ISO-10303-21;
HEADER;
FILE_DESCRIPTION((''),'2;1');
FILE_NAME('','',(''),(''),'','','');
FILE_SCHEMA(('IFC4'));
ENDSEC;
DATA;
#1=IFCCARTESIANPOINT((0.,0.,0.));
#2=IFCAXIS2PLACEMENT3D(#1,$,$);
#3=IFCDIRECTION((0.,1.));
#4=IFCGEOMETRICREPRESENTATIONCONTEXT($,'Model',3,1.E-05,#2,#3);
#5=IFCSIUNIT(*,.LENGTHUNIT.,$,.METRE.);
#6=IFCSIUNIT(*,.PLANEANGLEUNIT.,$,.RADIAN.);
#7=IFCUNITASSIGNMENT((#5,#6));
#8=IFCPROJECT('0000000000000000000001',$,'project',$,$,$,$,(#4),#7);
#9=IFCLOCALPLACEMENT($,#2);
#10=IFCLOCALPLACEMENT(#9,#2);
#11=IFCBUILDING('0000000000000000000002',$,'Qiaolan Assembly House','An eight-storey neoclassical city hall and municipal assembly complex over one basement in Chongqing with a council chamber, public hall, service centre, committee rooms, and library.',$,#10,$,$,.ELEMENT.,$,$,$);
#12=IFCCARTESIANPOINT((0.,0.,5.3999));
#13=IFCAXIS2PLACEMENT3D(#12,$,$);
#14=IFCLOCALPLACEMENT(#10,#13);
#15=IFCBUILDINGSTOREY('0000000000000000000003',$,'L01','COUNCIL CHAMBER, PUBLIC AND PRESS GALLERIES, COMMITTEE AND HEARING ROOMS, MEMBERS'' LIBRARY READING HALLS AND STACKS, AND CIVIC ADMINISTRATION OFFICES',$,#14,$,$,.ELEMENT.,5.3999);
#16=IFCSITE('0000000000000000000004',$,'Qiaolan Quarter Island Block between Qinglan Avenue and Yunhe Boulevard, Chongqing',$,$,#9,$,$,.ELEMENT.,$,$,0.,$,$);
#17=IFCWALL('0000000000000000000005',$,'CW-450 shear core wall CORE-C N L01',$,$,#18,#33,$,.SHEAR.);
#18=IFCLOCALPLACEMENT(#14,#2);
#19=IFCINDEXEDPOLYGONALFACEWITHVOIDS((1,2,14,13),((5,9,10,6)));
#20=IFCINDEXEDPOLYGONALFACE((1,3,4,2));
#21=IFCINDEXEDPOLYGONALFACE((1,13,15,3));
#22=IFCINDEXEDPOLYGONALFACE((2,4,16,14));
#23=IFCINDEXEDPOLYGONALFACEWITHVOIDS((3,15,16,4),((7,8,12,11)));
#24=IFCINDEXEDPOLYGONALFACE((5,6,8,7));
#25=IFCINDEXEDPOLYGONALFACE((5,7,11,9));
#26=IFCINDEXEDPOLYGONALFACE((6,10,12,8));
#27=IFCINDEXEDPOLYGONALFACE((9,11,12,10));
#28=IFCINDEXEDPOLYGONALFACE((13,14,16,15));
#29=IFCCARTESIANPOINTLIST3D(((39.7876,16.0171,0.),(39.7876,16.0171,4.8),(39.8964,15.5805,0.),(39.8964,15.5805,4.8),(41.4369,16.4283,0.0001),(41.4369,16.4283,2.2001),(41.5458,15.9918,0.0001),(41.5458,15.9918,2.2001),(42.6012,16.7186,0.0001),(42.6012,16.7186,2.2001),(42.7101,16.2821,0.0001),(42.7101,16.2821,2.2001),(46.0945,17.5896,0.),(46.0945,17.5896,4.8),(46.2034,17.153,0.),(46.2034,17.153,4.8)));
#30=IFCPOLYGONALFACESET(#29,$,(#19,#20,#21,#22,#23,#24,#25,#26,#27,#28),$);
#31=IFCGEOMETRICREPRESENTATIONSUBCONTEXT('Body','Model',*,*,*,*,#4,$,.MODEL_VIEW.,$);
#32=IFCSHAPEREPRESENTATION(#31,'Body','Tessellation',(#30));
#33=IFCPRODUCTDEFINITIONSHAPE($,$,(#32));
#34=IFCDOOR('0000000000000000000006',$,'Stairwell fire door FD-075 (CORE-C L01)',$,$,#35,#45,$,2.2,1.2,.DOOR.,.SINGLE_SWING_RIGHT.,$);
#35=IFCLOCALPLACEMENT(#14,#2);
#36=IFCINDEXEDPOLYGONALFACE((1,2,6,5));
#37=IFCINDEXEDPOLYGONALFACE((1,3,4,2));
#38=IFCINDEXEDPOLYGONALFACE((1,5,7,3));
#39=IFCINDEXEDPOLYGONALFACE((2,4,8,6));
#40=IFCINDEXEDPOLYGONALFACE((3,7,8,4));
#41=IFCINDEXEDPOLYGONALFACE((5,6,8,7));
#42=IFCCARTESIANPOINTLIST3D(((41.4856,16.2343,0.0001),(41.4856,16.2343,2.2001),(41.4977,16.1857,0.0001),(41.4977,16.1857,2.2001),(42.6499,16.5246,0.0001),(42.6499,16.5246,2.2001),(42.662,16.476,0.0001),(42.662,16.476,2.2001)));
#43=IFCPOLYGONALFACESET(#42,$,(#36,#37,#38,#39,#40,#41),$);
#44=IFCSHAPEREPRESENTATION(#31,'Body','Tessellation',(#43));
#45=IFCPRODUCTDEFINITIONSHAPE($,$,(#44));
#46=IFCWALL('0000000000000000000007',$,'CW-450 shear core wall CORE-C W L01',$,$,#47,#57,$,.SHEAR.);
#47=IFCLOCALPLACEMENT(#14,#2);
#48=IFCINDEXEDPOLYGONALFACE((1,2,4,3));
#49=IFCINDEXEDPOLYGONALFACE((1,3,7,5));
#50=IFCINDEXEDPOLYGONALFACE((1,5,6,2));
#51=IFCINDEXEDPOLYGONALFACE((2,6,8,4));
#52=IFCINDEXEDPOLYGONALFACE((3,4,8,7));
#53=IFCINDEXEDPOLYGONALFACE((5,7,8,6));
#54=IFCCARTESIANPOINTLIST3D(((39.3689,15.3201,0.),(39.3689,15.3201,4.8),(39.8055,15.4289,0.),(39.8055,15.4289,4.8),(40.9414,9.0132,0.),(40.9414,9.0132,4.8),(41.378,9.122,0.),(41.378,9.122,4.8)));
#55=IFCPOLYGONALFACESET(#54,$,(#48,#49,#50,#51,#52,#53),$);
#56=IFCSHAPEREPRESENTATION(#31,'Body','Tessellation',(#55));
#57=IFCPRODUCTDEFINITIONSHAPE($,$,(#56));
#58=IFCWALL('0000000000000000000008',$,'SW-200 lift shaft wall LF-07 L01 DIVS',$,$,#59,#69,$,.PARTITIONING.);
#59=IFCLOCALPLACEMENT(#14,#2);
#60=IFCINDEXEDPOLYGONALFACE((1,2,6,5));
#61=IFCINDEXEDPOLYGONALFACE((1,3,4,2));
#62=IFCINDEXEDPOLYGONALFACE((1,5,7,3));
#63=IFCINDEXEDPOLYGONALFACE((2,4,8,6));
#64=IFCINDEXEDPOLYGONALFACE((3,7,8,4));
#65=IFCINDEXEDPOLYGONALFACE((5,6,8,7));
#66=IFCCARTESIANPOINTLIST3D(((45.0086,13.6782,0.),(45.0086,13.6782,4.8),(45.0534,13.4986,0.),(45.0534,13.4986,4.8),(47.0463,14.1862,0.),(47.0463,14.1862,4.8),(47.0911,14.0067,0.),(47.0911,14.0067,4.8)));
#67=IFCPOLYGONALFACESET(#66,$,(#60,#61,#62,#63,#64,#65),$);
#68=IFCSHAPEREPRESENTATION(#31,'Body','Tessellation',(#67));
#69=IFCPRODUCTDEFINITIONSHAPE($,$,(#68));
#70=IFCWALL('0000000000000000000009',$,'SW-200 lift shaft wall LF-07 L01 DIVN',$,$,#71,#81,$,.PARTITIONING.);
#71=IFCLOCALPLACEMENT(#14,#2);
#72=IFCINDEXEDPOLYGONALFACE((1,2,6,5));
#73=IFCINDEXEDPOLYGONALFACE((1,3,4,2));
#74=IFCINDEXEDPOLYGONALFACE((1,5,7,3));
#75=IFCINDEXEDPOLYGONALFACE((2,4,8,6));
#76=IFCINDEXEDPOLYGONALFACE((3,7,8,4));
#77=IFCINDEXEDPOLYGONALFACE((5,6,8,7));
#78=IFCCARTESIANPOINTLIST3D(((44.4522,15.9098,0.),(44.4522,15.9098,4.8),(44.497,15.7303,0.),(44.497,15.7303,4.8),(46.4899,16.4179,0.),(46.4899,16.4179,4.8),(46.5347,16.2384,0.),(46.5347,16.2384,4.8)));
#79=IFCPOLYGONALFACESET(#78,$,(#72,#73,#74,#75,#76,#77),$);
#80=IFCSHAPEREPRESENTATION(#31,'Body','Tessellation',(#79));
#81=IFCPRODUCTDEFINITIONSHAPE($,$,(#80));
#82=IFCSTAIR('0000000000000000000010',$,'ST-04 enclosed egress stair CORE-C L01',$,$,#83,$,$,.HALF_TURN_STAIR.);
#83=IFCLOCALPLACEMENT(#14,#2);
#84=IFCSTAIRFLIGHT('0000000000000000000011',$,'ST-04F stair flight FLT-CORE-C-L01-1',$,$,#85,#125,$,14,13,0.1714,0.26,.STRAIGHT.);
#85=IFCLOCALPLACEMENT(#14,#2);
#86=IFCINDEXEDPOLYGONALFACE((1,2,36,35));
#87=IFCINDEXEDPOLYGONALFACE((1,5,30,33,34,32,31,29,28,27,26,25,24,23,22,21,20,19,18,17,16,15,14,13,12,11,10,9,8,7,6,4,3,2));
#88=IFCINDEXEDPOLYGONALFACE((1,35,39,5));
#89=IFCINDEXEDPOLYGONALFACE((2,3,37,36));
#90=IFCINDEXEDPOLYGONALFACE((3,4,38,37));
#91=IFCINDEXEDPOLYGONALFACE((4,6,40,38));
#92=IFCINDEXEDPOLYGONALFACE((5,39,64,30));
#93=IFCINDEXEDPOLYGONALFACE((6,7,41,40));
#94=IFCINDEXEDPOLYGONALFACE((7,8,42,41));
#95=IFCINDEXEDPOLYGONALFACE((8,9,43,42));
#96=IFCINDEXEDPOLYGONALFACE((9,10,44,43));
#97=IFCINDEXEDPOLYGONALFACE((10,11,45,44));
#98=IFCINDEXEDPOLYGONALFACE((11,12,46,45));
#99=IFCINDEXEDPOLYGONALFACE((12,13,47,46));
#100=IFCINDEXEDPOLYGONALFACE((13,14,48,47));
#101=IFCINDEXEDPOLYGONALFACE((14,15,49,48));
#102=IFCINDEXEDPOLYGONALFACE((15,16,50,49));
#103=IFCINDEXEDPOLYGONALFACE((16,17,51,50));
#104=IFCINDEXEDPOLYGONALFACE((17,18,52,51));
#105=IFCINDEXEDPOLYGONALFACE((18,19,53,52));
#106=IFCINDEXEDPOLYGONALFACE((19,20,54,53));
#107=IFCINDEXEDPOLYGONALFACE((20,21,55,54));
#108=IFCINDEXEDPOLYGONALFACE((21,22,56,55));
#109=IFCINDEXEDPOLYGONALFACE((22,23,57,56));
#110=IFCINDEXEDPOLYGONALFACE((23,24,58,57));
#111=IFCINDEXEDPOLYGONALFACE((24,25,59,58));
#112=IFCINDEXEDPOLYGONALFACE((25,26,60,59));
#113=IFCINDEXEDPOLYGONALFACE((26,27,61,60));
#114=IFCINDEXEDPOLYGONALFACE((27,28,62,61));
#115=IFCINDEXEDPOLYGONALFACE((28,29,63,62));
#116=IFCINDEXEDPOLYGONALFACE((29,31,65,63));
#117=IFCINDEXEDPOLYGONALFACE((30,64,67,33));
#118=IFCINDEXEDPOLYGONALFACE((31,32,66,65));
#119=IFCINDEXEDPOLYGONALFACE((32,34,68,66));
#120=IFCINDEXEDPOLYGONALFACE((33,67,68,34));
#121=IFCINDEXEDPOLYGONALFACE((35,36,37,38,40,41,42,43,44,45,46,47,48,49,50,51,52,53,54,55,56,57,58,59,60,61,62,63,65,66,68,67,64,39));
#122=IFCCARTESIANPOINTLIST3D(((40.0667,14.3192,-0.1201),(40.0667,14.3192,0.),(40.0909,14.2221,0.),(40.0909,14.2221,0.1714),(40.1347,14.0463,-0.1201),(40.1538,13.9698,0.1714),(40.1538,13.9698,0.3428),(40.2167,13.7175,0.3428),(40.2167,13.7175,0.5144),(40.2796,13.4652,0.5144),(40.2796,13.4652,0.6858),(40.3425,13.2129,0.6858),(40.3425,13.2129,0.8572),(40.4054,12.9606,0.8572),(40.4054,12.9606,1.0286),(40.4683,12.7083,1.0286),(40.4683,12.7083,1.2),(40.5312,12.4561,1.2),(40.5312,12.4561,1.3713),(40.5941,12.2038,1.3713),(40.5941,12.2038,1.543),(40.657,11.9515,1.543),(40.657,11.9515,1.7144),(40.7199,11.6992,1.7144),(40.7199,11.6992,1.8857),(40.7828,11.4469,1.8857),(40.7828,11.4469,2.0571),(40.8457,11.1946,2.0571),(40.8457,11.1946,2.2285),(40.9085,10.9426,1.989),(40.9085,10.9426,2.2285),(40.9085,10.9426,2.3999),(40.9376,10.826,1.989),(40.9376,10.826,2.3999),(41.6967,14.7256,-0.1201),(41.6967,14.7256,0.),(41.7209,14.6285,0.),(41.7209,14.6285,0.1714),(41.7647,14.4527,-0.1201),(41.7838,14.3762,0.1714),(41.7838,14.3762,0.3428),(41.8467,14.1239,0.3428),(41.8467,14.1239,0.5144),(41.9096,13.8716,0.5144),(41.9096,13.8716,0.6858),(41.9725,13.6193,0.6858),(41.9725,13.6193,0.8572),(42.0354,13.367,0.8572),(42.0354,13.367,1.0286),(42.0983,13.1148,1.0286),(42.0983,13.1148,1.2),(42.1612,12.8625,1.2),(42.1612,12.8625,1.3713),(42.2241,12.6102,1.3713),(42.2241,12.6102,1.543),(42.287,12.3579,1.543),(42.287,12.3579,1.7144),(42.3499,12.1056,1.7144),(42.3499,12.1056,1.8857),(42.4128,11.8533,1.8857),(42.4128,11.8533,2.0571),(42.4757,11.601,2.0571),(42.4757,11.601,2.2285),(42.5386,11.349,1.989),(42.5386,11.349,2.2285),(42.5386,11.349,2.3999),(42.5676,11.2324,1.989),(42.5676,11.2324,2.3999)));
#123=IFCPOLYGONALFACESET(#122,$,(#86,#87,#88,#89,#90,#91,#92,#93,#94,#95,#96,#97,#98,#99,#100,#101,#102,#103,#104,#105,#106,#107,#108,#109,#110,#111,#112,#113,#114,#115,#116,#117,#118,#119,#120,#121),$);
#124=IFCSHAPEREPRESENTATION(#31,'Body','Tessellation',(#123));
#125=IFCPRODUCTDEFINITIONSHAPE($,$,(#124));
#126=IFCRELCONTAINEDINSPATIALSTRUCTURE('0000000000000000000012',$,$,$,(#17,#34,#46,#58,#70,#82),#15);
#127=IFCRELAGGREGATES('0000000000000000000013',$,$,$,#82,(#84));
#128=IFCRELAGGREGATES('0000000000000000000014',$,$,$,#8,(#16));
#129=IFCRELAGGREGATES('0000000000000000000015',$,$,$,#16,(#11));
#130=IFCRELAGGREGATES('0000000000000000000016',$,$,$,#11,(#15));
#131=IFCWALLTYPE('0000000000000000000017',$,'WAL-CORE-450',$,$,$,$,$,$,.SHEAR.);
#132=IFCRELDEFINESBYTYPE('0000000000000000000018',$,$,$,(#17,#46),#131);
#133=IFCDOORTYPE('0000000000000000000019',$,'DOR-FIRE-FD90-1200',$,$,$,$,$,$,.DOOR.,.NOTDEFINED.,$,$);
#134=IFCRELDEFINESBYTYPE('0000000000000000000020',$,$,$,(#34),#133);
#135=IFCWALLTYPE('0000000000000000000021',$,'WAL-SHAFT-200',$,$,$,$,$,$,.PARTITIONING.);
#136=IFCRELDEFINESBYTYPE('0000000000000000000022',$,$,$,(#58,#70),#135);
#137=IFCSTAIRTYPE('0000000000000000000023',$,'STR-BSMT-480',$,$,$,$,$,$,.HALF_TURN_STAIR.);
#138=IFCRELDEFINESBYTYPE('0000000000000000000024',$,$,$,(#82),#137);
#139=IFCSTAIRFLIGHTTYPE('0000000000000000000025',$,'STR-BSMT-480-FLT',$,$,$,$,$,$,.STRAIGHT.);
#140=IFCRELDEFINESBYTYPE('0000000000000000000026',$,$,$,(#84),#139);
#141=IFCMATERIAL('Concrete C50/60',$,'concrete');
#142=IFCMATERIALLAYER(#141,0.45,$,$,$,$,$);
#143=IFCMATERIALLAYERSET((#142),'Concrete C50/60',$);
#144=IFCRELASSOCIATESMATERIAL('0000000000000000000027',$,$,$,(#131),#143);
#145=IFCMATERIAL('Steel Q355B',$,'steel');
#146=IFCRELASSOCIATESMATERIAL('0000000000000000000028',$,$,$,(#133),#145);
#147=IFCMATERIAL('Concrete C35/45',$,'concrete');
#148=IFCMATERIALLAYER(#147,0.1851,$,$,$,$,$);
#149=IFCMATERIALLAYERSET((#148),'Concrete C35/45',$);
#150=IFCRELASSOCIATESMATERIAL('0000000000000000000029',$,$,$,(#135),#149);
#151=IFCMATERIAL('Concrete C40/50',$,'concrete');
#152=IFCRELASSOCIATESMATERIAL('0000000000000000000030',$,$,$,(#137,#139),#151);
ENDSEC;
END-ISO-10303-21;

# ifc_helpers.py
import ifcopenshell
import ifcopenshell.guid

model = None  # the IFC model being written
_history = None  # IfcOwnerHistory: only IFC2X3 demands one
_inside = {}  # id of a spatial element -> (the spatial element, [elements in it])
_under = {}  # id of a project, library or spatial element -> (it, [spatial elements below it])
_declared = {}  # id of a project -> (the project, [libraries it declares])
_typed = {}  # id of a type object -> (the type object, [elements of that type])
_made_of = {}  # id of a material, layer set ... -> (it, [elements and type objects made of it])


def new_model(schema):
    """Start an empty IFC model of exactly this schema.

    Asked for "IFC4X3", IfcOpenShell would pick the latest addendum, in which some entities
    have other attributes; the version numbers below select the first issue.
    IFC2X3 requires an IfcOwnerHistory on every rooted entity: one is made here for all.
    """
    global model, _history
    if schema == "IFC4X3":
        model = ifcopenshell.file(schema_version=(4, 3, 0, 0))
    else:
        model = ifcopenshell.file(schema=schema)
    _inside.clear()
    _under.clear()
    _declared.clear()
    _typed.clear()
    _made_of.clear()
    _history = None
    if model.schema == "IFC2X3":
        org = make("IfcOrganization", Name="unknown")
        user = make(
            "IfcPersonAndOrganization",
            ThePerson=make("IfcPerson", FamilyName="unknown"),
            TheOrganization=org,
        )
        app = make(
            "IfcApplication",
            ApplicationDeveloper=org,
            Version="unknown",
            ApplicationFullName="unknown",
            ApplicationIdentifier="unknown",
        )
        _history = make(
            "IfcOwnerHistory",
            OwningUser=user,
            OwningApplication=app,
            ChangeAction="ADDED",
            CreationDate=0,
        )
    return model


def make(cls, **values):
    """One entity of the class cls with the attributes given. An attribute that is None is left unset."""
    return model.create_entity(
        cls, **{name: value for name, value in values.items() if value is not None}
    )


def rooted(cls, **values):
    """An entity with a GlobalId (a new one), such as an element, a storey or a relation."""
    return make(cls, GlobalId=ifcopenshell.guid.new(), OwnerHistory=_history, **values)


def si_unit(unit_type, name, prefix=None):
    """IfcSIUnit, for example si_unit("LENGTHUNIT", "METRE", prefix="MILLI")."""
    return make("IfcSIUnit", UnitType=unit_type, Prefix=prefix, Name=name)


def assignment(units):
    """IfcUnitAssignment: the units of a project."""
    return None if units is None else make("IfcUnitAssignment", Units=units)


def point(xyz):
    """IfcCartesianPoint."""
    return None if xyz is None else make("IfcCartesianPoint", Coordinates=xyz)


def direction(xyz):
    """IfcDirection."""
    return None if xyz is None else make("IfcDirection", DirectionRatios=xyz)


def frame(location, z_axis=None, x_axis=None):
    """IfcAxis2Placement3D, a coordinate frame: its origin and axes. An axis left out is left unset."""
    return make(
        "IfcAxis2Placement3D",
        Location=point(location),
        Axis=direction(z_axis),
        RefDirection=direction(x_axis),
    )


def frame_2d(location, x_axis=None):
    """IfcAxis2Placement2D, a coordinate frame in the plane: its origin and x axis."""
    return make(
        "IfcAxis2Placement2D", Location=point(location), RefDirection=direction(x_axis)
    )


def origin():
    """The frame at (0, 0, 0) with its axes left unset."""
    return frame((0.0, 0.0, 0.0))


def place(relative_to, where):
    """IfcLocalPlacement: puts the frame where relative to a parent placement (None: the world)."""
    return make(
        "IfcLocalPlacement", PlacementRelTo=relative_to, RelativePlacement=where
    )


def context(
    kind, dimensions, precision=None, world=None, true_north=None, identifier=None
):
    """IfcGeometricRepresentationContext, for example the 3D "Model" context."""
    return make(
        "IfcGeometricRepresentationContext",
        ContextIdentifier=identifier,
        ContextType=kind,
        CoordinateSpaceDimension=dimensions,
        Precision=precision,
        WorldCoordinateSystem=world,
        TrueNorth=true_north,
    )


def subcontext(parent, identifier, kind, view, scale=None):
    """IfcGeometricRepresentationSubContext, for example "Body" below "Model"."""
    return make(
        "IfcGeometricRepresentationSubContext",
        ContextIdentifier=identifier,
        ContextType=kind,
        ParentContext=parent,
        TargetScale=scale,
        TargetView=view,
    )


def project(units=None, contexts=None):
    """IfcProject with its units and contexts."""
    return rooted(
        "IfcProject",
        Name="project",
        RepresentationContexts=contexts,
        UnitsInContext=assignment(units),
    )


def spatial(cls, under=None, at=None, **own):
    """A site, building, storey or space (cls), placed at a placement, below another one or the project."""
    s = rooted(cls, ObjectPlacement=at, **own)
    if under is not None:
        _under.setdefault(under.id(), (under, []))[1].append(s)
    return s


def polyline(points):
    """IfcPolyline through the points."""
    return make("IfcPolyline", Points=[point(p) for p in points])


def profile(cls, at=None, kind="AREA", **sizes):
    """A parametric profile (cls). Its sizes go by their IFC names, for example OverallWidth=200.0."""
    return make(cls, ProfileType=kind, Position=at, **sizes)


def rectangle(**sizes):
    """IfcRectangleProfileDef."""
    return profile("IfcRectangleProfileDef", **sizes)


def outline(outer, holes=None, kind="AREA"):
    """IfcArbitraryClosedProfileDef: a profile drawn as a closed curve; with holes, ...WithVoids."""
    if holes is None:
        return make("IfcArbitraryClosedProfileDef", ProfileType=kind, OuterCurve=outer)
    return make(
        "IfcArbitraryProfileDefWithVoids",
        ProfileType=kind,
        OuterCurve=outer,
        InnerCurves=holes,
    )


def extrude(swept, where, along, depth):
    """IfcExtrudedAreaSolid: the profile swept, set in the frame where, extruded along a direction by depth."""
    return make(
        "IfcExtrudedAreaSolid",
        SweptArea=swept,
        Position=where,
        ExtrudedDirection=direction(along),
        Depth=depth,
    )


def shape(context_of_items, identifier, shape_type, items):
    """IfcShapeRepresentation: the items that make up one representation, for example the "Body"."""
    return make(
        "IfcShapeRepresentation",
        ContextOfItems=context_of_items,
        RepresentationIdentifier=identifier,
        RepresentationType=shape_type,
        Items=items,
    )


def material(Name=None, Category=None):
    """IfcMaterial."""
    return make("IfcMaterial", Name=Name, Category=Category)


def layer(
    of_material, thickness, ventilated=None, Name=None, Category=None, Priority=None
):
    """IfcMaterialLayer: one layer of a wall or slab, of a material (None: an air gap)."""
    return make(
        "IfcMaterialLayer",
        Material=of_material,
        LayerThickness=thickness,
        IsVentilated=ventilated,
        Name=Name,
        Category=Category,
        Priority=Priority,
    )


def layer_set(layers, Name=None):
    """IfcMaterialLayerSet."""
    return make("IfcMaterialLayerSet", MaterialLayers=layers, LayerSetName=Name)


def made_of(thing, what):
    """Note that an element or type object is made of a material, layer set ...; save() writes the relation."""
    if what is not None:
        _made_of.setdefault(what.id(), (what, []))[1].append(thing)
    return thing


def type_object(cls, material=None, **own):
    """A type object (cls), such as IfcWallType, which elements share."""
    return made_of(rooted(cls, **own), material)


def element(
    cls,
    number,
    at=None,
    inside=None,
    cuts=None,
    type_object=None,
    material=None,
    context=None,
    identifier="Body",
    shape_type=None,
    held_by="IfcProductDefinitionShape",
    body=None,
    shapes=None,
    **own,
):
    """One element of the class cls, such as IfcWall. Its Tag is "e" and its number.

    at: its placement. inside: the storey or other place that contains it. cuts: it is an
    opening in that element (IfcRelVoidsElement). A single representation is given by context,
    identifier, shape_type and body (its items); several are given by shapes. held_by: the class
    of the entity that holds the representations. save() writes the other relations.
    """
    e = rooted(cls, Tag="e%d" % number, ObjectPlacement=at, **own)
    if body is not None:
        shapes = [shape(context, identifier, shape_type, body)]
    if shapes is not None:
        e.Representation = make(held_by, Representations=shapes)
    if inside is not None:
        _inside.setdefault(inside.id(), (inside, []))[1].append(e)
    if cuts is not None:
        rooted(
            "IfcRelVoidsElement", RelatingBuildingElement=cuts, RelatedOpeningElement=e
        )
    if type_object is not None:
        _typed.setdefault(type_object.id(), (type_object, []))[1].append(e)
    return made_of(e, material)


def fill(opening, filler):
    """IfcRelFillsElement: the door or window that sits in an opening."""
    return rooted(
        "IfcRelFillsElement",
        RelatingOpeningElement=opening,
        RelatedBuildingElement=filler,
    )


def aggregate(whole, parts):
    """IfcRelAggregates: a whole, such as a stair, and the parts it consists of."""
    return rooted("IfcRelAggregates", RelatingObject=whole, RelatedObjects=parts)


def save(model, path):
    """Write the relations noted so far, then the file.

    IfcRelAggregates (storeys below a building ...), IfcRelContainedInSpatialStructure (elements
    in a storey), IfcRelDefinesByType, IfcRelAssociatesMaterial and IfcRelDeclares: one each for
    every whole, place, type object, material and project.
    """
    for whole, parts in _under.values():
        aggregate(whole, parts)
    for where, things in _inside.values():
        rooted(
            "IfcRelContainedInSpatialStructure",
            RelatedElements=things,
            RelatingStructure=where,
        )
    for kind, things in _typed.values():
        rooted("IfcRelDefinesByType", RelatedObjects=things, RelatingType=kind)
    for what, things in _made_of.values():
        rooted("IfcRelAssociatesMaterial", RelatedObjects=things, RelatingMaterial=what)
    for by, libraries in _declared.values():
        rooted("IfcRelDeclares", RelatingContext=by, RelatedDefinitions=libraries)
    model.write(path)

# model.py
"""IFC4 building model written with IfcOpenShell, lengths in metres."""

from ifc_helpers import new_model, si_unit, direction, frame, frame_2d, origin, place, context, subcontext, project, spatial, polyline, rectangle, outline, extrude, material, layer, layer_set, type_object, element, fill, aggregate, save


model = new_model("IFC4")

# Units and contexts
model_context = context("Model", 3, precision=1e-05, world=origin(), true_north=direction((0.0, 1.0)))
body_context = subcontext(model_context, "Body", "Model", "MODEL_VIEW")
ifc_project = project(units=[si_unit("LENGTHUNIT", "METRE"), si_unit("PLANEANGLEUNIT", "RADIAN")], contexts=[model_context])

# Site, building, storey
site_placement = place(None, origin())
site = spatial("IfcSite", under=ifc_project, at=site_placement, Name="Qiaolan Quarter Island Block between Qinglan Avenue and Yunhe Boulevard, Chongqing", CompositionType="ELEMENT", RefElevation=0.0)
building_placement = place(site_placement, origin())
building = spatial("IfcBuilding", under=site, at=building_placement, Name="Qiaolan Assembly House", Description="An eight-storey neoclassical city hall and municipal assembly complex over one basement in Chongqing with a council chamber, public hall, service centre, committee rooms, and library.", CompositionType="ELEMENT")
storey_placement = place(building_placement, frame((0.0, 0.0, 5.3999)))
storey = spatial("IfcBuildingStorey", under=building, at=storey_placement, Name="L01", Description="COUNCIL CHAMBER, PUBLIC AND PRESS GALLERIES, COMMITTEE AND HEARING ROOMS, MEMBERS' LIBRARY READING HALLS AND STACKS, AND CIVIC ADMINISTRATION OFFICES", CompositionType="ELEMENT", Elevation=5.3999)

# Shared definitions
ifc_material_1 = material(Name="Concrete C50/60", Category="concrete")

# Shared definitions
ifc_material_2 = material(Name="Concrete C40/50", Category="concrete")

# Wall, opening, door
ifc_layer_1 = layer(ifc_material_1, 0.45)
ifc_layer_set_1 = layer_set([ifc_layer_1], Name="Concrete C50/60")
wall_type_1 = type_object("IfcWallType", Name="WAL-CORE-450", PredefinedType="SHEAR", material=ifc_layer_set_1)
wall_1_placement = place(storey_placement, frame((46.1489, 17.3713, 0.0), z_axis=(0.0, 0.0, 1.0), x_axis=(-0.970295, -0.241926, 0.0)))
wall_1 = element("IfcWall", 1, at=wall_1_placement, inside=storey, type_object=wall_type_1, Name="CW-450 shear core wall CORE-C N L01", PredefinedType="SHEAR", context=body_context, shape_type="SweptSolid", body=[
    extrude(rectangle(XDim=6.5, YDim=0.45, at=frame_2d((3.25, 0.0))), origin(), (0.0, 0.0, 1.0), 4.8),
])
opening_placement = place(wall_1_placement, frame((3.6001, 0.0, 0.0)))
opening = element("IfcOpeningElement", 2, at=opening_placement, cuts=wall_1, PredefinedType="OPENING", context=body_context, shape_type="SweptSolid", body=[
    extrude(rectangle(XDim=1.2, YDim=2.2, at=frame_2d((0.6001, 1.1001))), frame((0.0, 0.2349, 0.0), z_axis=(0.0, -1.0, 0.0), x_axis=(1.0, 0.0, 0.0)), (0.0, 0.0, 1.0), 0.47),
])
ifc_material_3 = material(Name="Steel Q355B", Category="steel")
door_type = type_object("IfcDoorType", Name="DOR-FIRE-FD90-1200", OperationType="NOTDEFINED", PredefinedType="DOOR", material=ifc_material_3)
door_placement = place(opening_placement, frame((1.2, 0.0, 0.0), z_axis=(0.0, 0.0, 1.0), x_axis=(-1.0, 0.0, 0.0)))
door = element("IfcDoor", 3, at=door_placement, inside=storey, type_object=door_type, Name="Stairwell fire door FD-075 (CORE-C L01)", OperationType="SINGLE_SWING_RIGHT", OverallHeight=2.2, OverallWidth=1.2, PredefinedType="DOOR", context=body_context, shape_type="SweptSolid", body=[
    extrude(rectangle(XDim=1.2, YDim=2.2, at=frame_2d((0.6001, 1.1001))), frame((0.0, 0.0249, 0.0), z_axis=(0.0, -1.0, 0.0), x_axis=(1.0, 0.0, 0.0)), (0.0, 0.0, 1.0), 0.05),
])
fill(opening, door)

# Walls
wall_2_placement = place(storey_placement, frame((39.5872, 15.3745, 0.0), z_axis=(0.0, 0.0, 1.0), x_axis=(0.241926, -0.970295, 0.0)))
element("IfcWall", 4, at=wall_2_placement, inside=storey, type_object=wall_type_1, Name="CW-450 shear core wall CORE-C W L01", PredefinedType="SHEAR", context=body_context, shape_type="SweptSolid", body=[
    extrude(rectangle(XDim=6.5, YDim=0.45, at=frame_2d((3.25, 0.0))), origin(), (0.0, 0.0, 1.0), 4.8),
])
ifc_material_4 = material(Name="Concrete C35/45", Category="concrete")
ifc_layer_2 = layer(ifc_material_4, 0.1851)
ifc_layer_set_2 = layer_set([ifc_layer_2], Name="Concrete C35/45")
wall_type_2 = type_object("IfcWallType", Name="WAL-SHAFT-200", PredefinedType="PARTITIONING", material=ifc_layer_set_2)
for number, where, z_axis, x_axis, name in (
    (5, (45.031, 13.5884, 0.0), (0.0, 0.0, 1.0), (0.970293, 0.241934, 0.0), "SW-200 lift shaft wall LF-07 L01 DIVS"),
    (6, (44.4746, 15.8201, 0.0), (0.0, 0.0, 1.0), (0.970293, 0.241934, 0.0), "SW-200 lift shaft wall LF-07 L01 DIVN"),
):
    element("IfcWall", number, at=place(storey_placement, frame(where, z_axis=z_axis, x_axis=x_axis)), inside=storey, type_object=wall_type_2, Name=name, PredefinedType="PARTITIONING", context=body_context, shape_type="SweptSolid", body=[
        extrude(rectangle(XDim=2.1001, YDim=0.1851, at=frame_2d((1.05, 0.0))), origin(), (0.0, 0.0, 1.0), 4.8),
    ])

# Stair, stair flight
stair_type = type_object("IfcStairType", Name="STR-BSMT-480", PredefinedType="HALF_TURN_STAIR", material=ifc_material_2)
stair_placement = place(storey_placement, origin())
stair = element("IfcStair", 7, at=stair_placement, inside=storey, type_object=stair_type, Name="ST-04 enclosed egress stair CORE-C L01", PredefinedType="HALF_TURN_STAIR")
stair_flight_type = type_object("IfcStairFlightType", Name="STR-BSMT-480-FLT", PredefinedType="STRAIGHT", material=ifc_material_2)
stair_flight_placement = place(storey_placement, frame((40.906, 14.4253, 0.0), z_axis=(0.0, 0.0, 1.0), x_axis=(0.241922, -0.970296, 0.0)))
stair_flight = element("IfcStairFlight", 8, at=stair_flight_placement, type_object=stair_flight_type, Name="ST-04F stair flight FLT-CORE-C-L01-1", NumberOfRisers=14, NumberOfTreads=13, PredefinedType="STRAIGHT", RiserHeight=0.1714, TreadLength=0.26, context=body_context, shape_type="SweptSolid", body=[
    extrude(outline(polyline([(-0.1001, -0.1201), (-0.1001, 0.0), (0.0, 0.0), (0.0, 0.1714), (0.26, 0.1714), (0.26, 0.3428), (0.52, 0.3428), (0.52, 0.5144), (0.78, 0.5144), (0.78, 0.6858), (1.04, 0.6858), (1.04, 0.8572), (1.3, 0.8572), (1.3, 1.0286), (1.5601, 1.0286), (1.5601, 1.2), (1.8201, 1.2), (1.8201, 1.3713), (2.0801, 1.3713), (2.0801, 1.543), (2.3401, 1.543), (2.3401, 1.7144), (2.6001, 1.7144), (2.6001, 1.8857), (2.8601, 1.8857), (2.8601, 2.0571), (3.1201, 2.0571), (3.1201, 2.2285), (3.3799, 2.2285), (3.3799, 2.3999), (3.5, 2.3999), (3.5, 1.989), (3.3799, 1.989), (0.1812, -0.1201), (-0.1001, -0.1201)])), frame((0.0, 0.8398, 0.0), z_axis=(0.0, -1.0, 0.0), x_axis=(1.0, 0.0, 0.0)), (0.0, 0.0, 1.0), 1.6799),
])
aggregate(stair, [stair_flight])

save(model, "model.ifc")
